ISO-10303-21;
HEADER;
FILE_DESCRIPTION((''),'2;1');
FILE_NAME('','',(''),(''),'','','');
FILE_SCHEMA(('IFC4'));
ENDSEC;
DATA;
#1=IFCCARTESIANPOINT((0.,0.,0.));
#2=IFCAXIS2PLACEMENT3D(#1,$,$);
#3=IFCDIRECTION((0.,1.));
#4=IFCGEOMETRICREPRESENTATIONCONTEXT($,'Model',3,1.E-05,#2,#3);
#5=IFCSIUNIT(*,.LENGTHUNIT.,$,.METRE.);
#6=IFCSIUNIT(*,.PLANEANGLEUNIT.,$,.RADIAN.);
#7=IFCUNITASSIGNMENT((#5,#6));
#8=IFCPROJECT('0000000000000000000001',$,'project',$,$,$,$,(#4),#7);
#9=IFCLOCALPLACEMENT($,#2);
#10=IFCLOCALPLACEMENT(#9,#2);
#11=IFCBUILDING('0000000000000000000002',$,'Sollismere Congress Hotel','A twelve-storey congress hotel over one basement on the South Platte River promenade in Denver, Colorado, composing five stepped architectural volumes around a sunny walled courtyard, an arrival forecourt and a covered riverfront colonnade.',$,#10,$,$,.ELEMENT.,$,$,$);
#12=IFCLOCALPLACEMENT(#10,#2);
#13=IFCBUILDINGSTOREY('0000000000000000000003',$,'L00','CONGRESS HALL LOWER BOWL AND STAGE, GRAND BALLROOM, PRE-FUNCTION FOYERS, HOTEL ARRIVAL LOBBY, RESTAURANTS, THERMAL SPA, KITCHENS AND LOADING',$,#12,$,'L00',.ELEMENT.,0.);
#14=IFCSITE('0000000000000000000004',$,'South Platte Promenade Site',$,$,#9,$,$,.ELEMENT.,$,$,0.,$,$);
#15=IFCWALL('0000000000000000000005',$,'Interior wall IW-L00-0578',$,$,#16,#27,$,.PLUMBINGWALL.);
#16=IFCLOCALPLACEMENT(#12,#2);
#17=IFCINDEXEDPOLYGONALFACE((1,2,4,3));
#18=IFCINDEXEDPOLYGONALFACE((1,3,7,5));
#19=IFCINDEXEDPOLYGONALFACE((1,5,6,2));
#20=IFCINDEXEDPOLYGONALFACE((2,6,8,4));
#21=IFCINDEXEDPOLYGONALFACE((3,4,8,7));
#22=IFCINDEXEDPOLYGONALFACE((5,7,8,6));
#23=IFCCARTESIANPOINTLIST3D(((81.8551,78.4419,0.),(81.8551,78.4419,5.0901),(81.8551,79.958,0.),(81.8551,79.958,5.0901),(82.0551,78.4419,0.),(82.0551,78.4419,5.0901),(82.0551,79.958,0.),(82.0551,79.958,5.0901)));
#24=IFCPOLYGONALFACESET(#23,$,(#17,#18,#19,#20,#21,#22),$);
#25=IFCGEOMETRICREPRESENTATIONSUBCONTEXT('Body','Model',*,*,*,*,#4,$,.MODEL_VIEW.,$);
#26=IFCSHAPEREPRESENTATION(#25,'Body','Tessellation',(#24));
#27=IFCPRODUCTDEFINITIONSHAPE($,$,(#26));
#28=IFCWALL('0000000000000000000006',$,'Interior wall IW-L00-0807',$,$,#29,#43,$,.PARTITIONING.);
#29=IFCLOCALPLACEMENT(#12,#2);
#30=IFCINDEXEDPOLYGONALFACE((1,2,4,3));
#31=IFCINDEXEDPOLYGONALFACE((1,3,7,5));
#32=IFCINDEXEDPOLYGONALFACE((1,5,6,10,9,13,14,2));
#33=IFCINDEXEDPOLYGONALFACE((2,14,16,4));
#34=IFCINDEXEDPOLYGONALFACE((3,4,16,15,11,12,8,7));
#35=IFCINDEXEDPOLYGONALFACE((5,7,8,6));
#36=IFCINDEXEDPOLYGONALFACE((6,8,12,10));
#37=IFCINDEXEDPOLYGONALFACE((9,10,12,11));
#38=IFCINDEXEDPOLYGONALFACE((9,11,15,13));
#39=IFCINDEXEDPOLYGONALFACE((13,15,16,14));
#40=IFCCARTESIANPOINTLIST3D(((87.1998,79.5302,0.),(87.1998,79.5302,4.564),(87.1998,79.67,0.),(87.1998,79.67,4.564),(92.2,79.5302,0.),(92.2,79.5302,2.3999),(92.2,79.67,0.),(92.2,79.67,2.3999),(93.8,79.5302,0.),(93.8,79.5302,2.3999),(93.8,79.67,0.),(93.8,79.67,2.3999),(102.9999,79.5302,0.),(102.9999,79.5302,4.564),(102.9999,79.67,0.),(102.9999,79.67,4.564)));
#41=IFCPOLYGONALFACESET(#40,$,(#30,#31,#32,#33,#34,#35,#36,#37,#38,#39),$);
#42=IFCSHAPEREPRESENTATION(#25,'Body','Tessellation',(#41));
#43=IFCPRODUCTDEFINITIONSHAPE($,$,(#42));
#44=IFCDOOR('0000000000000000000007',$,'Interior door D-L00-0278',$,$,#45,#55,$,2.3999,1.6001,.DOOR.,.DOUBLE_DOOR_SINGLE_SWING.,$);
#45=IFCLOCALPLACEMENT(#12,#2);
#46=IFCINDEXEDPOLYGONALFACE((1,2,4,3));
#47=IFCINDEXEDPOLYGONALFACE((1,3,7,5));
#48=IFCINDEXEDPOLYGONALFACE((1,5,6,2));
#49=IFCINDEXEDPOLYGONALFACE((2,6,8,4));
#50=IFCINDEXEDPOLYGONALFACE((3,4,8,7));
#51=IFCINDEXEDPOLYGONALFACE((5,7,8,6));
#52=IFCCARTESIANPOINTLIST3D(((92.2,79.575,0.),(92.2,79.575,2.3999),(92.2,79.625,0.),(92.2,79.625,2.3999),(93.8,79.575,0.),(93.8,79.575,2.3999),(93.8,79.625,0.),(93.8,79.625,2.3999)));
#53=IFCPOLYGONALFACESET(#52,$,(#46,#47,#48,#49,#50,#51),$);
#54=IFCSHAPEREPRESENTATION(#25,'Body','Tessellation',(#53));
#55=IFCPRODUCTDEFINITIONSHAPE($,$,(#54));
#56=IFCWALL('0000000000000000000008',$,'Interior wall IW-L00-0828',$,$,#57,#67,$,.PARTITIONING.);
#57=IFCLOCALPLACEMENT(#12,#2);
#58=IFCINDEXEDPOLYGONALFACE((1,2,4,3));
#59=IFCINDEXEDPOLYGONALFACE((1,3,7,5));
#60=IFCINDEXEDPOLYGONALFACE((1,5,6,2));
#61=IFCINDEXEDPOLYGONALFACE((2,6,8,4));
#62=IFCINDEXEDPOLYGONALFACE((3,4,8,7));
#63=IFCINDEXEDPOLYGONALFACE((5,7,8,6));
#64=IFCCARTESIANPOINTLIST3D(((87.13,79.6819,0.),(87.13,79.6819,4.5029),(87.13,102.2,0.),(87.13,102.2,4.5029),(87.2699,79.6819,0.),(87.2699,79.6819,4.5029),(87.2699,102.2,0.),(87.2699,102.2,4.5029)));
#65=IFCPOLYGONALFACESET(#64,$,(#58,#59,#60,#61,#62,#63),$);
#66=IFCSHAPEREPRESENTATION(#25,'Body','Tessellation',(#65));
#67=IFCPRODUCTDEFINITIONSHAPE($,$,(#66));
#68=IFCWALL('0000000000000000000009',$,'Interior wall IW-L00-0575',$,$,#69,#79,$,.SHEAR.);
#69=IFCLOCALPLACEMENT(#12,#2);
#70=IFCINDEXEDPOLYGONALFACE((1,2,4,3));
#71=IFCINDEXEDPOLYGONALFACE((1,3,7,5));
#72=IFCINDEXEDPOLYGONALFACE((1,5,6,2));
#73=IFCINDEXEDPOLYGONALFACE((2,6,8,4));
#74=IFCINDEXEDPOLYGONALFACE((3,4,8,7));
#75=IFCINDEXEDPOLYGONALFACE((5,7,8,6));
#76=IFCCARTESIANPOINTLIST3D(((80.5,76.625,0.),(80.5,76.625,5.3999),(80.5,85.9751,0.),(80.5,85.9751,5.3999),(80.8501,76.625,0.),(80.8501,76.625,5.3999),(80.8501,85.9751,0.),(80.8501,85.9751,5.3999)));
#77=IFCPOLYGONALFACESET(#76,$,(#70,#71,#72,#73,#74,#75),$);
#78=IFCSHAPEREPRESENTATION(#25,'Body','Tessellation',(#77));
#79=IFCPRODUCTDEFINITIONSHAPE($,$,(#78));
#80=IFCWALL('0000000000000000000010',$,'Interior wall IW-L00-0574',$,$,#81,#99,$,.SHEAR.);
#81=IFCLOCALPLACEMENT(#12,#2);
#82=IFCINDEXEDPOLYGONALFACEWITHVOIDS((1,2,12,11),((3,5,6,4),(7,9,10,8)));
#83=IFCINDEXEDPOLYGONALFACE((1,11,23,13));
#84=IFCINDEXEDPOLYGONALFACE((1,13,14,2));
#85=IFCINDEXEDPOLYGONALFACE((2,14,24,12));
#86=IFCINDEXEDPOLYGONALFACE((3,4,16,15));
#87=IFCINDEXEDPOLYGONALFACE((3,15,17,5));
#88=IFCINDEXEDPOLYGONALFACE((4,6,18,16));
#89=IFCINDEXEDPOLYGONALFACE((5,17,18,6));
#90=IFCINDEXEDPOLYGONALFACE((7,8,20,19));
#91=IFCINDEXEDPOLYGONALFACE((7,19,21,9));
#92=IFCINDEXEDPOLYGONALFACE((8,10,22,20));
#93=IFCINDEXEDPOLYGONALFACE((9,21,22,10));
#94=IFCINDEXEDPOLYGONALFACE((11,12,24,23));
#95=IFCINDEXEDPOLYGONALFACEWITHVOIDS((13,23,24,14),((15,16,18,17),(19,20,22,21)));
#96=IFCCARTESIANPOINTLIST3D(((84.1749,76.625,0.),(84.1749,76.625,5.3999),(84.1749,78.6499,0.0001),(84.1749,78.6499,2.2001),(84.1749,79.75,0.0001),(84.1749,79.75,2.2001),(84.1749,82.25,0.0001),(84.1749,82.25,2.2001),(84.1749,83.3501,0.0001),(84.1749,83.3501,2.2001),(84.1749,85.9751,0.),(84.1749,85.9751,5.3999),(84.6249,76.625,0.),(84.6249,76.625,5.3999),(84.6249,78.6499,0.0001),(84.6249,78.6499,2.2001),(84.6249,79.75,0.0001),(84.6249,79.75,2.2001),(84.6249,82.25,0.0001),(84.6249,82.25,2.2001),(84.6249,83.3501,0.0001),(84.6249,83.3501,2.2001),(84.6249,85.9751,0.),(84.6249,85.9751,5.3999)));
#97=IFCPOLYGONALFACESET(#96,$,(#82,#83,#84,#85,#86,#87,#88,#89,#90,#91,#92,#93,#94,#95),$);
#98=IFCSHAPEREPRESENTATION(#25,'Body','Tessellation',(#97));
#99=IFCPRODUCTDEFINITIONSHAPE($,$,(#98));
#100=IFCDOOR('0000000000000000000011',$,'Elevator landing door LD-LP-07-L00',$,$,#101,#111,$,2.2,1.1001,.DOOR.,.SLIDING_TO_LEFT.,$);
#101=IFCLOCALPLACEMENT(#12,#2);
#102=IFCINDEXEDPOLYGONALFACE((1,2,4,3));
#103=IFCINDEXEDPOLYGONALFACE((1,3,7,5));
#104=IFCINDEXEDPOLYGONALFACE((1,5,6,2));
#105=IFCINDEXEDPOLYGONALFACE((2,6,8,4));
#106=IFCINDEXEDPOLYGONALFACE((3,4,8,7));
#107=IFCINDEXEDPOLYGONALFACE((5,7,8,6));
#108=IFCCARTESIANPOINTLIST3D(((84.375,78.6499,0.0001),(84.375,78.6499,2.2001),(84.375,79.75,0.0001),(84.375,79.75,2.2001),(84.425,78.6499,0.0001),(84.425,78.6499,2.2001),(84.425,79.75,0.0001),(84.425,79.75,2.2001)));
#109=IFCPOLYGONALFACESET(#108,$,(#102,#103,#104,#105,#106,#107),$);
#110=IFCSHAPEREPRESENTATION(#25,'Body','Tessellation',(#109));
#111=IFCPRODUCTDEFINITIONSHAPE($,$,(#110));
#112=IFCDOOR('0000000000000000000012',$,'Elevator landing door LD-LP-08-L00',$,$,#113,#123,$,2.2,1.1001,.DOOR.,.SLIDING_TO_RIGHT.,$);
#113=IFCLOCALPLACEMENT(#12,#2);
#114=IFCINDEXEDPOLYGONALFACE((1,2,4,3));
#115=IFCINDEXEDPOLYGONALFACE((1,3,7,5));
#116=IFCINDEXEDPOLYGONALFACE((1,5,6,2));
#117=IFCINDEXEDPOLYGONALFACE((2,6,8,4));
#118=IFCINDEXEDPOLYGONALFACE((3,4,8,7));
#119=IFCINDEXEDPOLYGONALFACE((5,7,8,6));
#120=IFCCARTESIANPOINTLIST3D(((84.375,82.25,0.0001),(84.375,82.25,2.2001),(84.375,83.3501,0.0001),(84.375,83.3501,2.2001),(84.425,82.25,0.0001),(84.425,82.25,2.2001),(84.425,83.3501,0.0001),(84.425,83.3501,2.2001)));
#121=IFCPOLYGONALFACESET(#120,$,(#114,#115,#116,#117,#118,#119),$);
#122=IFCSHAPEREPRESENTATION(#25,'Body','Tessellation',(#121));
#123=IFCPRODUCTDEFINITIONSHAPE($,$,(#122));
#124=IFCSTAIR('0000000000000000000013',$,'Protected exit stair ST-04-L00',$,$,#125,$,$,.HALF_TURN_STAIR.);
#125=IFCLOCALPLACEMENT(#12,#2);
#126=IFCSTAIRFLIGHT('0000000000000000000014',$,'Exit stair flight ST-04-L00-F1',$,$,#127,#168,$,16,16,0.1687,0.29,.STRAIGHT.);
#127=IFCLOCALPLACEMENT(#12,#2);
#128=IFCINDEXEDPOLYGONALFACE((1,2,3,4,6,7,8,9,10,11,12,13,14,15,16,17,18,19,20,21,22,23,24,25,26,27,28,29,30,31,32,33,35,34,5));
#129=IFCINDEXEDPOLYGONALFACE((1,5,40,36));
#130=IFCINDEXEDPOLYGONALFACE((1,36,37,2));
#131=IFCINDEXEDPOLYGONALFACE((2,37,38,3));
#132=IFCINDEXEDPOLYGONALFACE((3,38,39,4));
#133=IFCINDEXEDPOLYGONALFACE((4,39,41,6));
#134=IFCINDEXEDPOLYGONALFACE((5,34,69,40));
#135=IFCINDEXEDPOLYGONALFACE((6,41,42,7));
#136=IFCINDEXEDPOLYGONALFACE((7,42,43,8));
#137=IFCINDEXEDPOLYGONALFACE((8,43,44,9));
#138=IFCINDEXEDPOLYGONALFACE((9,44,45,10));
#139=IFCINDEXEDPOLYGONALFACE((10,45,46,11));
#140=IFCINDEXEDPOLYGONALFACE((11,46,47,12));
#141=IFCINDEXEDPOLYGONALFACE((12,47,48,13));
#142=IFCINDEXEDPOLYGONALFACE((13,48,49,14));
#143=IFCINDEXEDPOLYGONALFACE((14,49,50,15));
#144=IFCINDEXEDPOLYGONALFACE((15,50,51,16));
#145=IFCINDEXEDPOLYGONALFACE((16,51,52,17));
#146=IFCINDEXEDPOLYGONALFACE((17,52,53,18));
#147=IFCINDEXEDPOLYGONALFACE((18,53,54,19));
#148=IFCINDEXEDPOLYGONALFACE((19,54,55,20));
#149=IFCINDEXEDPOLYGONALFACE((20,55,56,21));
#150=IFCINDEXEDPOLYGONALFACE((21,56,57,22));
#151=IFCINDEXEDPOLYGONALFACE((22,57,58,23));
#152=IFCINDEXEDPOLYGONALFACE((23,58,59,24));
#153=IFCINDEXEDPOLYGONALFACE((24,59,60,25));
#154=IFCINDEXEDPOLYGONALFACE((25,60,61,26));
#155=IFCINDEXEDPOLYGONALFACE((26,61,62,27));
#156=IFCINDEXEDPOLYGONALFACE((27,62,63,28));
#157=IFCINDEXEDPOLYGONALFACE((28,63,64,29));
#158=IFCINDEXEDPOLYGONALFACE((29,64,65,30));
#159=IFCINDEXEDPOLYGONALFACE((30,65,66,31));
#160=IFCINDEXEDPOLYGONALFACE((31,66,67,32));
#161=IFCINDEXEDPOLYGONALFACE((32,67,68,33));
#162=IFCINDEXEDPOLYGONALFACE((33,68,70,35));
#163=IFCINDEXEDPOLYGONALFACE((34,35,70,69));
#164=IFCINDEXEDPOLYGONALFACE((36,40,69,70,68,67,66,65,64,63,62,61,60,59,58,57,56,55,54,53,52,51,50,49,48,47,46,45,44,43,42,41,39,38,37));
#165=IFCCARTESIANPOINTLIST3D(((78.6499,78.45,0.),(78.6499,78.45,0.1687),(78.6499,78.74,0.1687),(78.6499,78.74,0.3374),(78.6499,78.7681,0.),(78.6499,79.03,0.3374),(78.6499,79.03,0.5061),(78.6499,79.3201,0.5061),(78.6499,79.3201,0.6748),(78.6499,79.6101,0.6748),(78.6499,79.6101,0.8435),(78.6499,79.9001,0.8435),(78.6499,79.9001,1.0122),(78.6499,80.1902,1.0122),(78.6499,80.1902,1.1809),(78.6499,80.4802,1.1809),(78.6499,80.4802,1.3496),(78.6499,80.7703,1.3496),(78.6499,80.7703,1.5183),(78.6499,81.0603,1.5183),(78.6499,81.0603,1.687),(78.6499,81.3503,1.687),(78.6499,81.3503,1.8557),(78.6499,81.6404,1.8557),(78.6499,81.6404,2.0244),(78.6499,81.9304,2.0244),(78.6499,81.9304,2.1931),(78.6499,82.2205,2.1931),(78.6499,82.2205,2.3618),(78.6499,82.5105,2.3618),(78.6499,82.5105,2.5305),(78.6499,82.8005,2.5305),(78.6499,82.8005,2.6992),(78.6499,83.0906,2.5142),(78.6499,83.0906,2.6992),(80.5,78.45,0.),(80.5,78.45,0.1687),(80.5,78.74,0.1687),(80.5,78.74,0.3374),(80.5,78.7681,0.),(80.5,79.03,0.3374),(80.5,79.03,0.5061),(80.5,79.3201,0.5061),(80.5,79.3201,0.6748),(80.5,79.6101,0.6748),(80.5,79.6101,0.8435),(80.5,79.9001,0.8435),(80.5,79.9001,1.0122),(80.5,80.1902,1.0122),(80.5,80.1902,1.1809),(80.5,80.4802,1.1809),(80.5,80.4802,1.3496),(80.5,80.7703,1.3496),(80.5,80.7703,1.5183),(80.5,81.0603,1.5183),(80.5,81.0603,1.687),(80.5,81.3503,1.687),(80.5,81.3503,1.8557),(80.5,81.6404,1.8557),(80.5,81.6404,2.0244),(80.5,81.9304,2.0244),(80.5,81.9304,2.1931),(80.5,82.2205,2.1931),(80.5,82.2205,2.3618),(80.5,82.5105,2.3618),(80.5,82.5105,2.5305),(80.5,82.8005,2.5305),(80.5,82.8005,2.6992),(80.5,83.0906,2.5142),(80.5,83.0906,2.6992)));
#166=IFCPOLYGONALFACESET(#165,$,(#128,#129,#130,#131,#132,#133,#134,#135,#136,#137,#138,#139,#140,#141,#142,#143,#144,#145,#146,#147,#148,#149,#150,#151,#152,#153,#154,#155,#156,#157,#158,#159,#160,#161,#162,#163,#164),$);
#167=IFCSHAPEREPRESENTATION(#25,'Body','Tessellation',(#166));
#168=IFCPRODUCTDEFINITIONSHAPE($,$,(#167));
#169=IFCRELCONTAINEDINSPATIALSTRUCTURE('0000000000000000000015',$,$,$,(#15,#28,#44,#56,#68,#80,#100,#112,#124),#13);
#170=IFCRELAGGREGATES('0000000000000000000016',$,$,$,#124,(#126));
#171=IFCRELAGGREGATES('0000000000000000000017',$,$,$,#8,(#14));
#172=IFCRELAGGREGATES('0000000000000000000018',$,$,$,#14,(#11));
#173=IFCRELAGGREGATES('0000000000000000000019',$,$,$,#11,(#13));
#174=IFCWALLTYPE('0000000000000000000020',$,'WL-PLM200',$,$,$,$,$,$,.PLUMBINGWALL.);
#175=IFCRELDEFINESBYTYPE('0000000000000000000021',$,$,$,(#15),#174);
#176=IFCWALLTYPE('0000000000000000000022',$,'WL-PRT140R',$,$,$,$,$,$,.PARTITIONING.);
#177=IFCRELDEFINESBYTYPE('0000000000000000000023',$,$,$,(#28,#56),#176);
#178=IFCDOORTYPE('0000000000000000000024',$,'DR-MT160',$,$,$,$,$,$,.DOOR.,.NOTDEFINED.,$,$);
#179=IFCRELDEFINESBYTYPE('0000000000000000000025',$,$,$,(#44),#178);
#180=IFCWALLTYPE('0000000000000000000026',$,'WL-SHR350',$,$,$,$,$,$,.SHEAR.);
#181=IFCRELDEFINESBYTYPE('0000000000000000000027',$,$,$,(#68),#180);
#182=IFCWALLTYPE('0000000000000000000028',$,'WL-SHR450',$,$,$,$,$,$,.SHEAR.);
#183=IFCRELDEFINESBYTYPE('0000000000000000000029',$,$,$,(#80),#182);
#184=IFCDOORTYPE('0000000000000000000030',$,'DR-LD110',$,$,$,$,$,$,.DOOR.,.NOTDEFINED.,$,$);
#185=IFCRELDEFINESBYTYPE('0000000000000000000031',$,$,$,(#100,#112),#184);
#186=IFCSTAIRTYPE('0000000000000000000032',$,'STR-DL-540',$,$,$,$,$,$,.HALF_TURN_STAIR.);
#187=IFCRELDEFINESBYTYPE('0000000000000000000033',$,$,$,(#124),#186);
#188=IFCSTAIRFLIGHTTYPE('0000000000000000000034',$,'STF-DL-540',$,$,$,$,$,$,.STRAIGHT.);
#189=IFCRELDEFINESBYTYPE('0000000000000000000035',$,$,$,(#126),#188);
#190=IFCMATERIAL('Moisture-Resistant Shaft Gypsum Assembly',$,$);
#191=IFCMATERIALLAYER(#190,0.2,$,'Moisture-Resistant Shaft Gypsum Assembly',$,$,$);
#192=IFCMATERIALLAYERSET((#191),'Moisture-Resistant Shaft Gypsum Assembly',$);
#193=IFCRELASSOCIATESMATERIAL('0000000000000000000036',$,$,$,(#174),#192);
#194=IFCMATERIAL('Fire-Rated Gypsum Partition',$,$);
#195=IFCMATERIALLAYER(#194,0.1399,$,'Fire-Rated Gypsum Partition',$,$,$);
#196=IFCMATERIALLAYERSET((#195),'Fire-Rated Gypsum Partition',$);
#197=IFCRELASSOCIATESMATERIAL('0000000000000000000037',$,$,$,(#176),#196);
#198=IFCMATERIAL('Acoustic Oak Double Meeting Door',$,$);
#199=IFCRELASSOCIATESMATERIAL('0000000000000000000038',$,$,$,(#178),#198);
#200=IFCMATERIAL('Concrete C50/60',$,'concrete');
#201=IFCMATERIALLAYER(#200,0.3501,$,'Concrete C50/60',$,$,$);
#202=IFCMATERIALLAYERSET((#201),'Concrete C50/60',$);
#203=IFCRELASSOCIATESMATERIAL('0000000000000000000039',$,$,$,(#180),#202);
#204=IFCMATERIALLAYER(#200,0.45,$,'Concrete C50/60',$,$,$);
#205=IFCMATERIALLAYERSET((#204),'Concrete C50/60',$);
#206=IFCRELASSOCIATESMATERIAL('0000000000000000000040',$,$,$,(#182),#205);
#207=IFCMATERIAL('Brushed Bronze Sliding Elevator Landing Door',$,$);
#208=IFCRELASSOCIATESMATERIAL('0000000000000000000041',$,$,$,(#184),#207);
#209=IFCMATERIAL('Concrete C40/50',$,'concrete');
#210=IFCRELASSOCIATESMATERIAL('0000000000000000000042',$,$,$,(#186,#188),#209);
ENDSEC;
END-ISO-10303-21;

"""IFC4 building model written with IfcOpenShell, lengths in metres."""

from ifc_helpers import new_model, si_unit, direction, frame, frame_2d, origin, place, context, subcontext, project, spatial, polyline, rectangle, outline, extrude, material, layer, layer_set, type_object, element, fill, aggregate, save


model = new_model("IFC4")

# Units and contexts
model_context = context("Model", 3, precision=1e-05, world=origin(), true_north=direction((0.0, 1.0)))
body_context = subcontext(model_context, "Body", "Model", "MODEL_VIEW")
ifc_project = project(units=[si_unit("LENGTHUNIT", "METRE"), si_unit("PLANEANGLEUNIT", "RADIAN")], contexts=[model_context])

# Site, building, storey
site_placement = place(None, origin())
site = spatial("IfcSite", under=ifc_project, at=site_placement, Name="South Platte Promenade Site", CompositionType="ELEMENT", RefElevation=0.0)
building_placement = place(site_placement, origin())
building = spatial("IfcBuilding", under=site, at=building_placement, Name="Sollismere Congress Hotel", Description="A twelve-storey congress hotel over one basement on the South Platte River promenade in Denver, Colorado, composing five stepped architectural volumes around a sunny walled courtyard, an arrival forecourt and a covered riverfront colonnade.", CompositionType="ELEMENT")
storey_placement = place(building_placement, origin())
storey = spatial("IfcBuildingStorey", under=building, at=storey_placement, Name="L00", Description="CONGRESS HALL LOWER BOWL AND STAGE, GRAND BALLROOM, PRE-FUNCTION FOYERS, HOTEL ARRIVAL LOBBY, RESTAURANTS, THERMAL SPA, KITCHENS AND LOADING", LongName="L00", CompositionType="ELEMENT", Elevation=0.0)

# Wall
ifc_material_1 = material(Name="Moisture-Resistant Shaft Gypsum Assembly")
ifc_layer_1 = layer(ifc_material_1, 0.2, Name="Moisture-Resistant Shaft Gypsum Assembly")
ifc_layer_set_1 = layer_set([ifc_layer_1], Name="Moisture-Resistant Shaft Gypsum Assembly")
wall_type_1 = type_object("IfcWallType", Name="WL-PLM200", PredefinedType="PLUMBINGWALL", material=ifc_layer_set_1)
wall_1_placement = place(storey_placement, frame((81.9551, 78.4419, 0.0), z_axis=(0.0, 0.0, 1.0), x_axis=(0.0, 1.0, 0.0)))
element("IfcWall", 1, at=wall_1_placement, inside=storey, type_object=wall_type_1, Name="Interior wall IW-L00-0578", PredefinedType="PLUMBINGWALL", context=body_context, shape_type="SweptSolid", body=[
    extrude(rectangle(XDim=1.5161, YDim=0.2, at=frame_2d((0.7581, 0.0))), origin(), (0.0, 0.0, 1.0), 5.0901),
])

# Wall, opening, door
ifc_material_2 = material(Name="Fire-Rated Gypsum Partition")
ifc_layer_2 = layer(ifc_material_2, 0.1399, Name="Fire-Rated Gypsum Partition")
ifc_layer_set_2 = layer_set([ifc_layer_2], Name="Fire-Rated Gypsum Partition")
wall_type_2 = type_object("IfcWallType", Name="WL-PRT140R", PredefinedType="PARTITIONING", material=ifc_layer_set_2)
wall_2_placement = place(storey_placement, frame((87.2, 79.6001, 0.0), z_axis=(0.0, 0.0, 1.0), x_axis=(1.0, 0.0, 0.0)))
wall_2 = element("IfcWall", 2, at=wall_2_placement, inside=storey, type_object=wall_type_2, Name="Interior wall IW-L00-0807", PredefinedType="PARTITIONING", context=body_context, shape_type="SweptSolid", body=[
    extrude(rectangle(XDim=15.8, YDim=0.1399, at=frame_2d((7.8999, 0.0))), origin(), (0.0, 0.0, 1.0), 4.564),
])
opening_1_placement = place(wall_2_placement, frame((5.0, 0.0, 0.0)))
opening_1 = element("IfcOpeningElement", 3, at=opening_1_placement, cuts=wall_2, PredefinedType="OPENING", context=body_context, shape_type="SweptSolid", body=[
    extrude(rectangle(XDim=1.6001, YDim=2.3999, at=frame_2d((0.8, 1.2))), frame((0.0, 0.0798, 0.0), z_axis=(0.0, -1.0, 0.0), x_axis=(1.0, 0.0, 0.0)), (0.0, 0.0, 1.0), 0.1599),
])
ifc_material_3 = material(Name="Acoustic Oak Double Meeting Door")
door_type_1 = type_object("IfcDoorType", Name="DR-MT160", OperationType="NOTDEFINED", PredefinedType="DOOR", material=ifc_material_3)
door_1_placement = place(opening_1_placement, origin())
door_1 = element("IfcDoor", 4, at=door_1_placement, inside=storey, type_object=door_type_1, Name="Interior door D-L00-0278", OperationType="DOUBLE_DOOR_SINGLE_SWING", OverallHeight=2.3999, OverallWidth=1.6001, PredefinedType="DOOR", context=body_context, shape_type="SweptSolid", body=[
    extrude(rectangle(XDim=1.6001, YDim=2.3999, at=frame_2d((0.8, 1.2))), frame((0.0, 0.0249, 0.0), z_axis=(0.0, -1.0, 0.0), x_axis=(1.0, 0.0, 0.0)), (0.0, 0.0, 1.0), 0.05),
])
fill(opening_1, door_1)

# Walls
wall_3_placement = place(storey_placement, frame((87.2, 79.6819, 0.0), z_axis=(0.0, 0.0, 1.0), x_axis=(0.0, 1.0, 0.0)))
element("IfcWall", 5, at=wall_3_placement, inside=storey, type_object=wall_type_2, Name="Interior wall IW-L00-0828", PredefinedType="PARTITIONING", context=body_context, shape_type="SweptSolid", body=[
    extrude(rectangle(XDim=22.5181, YDim=0.1399, at=frame_2d((11.259, 0.0))), origin(), (0.0, 0.0, 1.0), 4.5029),
])
ifc_material_4 = material(Name="Concrete C50/60", Category="concrete")
ifc_layer_3 = layer(ifc_material_4, 0.3501, Name="Concrete C50/60")
ifc_layer_set_3 = layer_set([ifc_layer_3], Name="Concrete C50/60")
wall_type_3 = type_object("IfcWallType", Name="WL-SHR350", PredefinedType="SHEAR", material=ifc_layer_set_3)
wall_4_placement = place(storey_placement, frame((80.675, 76.625, 0.0), z_axis=(0.0, 0.0, 1.0), x_axis=(0.0, 1.0, 0.0)))
element("IfcWall", 6, at=wall_4_placement, inside=storey, type_object=wall_type_3, Name="Interior wall IW-L00-0575", PredefinedType="SHEAR", context=body_context, shape_type="SweptSolid", body=[
    extrude(rectangle(XDim=9.3501, YDim=0.3501, at=frame_2d((4.675, 0.0))), origin(), (0.0, 0.0, 1.0), 5.3999),
])

# Wall, openings, doors
ifc_layer_4 = layer(ifc_material_4, 0.45, Name="Concrete C50/60")
ifc_layer_set_4 = layer_set([ifc_layer_4], Name="Concrete C50/60")
wall_type_4 = type_object("IfcWallType", Name="WL-SHR450", PredefinedType="SHEAR", material=ifc_layer_set_4)
wall_5_placement = place(storey_placement, frame((84.3999, 76.625, 0.0), z_axis=(0.0, 0.0, 1.0), x_axis=(0.0, 1.0, 0.0)))
wall_5 = element("IfcWall", 7, at=wall_5_placement, inside=storey, type_object=wall_type_4, Name="Interior wall IW-L00-0574", PredefinedType="SHEAR", context=body_context, shape_type="SweptSolid", body=[
    extrude(rectangle(XDim=9.3501, YDim=0.45, at=frame_2d((4.675, 0.0))), origin(), (0.0, 0.0, 1.0), 5.3999),
])
opening_2_placement = place(wall_5_placement, frame((2.0249, 0.0, 0.0)))
opening_2 = element("IfcOpeningElement", 8, at=opening_2_placement, cuts=wall_5, PredefinedType="OPENING", context=body_context, shape_type="SweptSolid", body=[
    extrude(rectangle(XDim=1.1001, YDim=2.2, at=frame_2d((0.55, 1.1001))), frame((0.0, 0.2349, 0.0), z_axis=(0.0, -1.0, 0.0), x_axis=(1.0, 0.0, 0.0)), (0.0, 0.0, 1.0), 0.47),
])
opening_3_placement = place(wall_5_placement, frame((5.625, 0.0, 0.0)))
opening_3 = element("IfcOpeningElement", 9, at=opening_3_placement, cuts=wall_5, PredefinedType="OPENING", context=body_context, shape_type="SweptSolid", body=[
    extrude(rectangle(XDim=1.1001, YDim=2.2, at=frame_2d((0.55, 1.1001))), frame((0.0, 0.2349, 0.0), z_axis=(0.0, -1.0, 0.0), x_axis=(1.0, 0.0, 0.0)), (0.0, 0.0, 1.0), 0.47),
])
ifc_material_5 = material(Name="Brushed Bronze Sliding Elevator Landing Door")
door_type_2 = type_object("IfcDoorType", Name="DR-LD110", OperationType="NOTDEFINED", PredefinedType="DOOR", material=ifc_material_5)
door_2_placement = place(opening_2_placement, origin())
door_2 = element("IfcDoor", 10, at=door_2_placement, inside=storey, type_object=door_type_2, Name="Elevator landing door LD-LP-07-L00", OperationType="SLIDING_TO_LEFT", OverallHeight=2.2, OverallWidth=1.1001, PredefinedType="DOOR", context=body_context, shape_type="SweptSolid", body=[
    extrude(rectangle(XDim=1.1001, YDim=2.2, at=frame_2d((0.55, 1.1001))), frame((0.0, 0.0249, 0.0), z_axis=(0.0, -1.0, 0.0), x_axis=(1.0, 0.0, 0.0)), (0.0, 0.0, 1.0), 0.05),
])
fill(opening_2, door_2)
door_3_placement = place(opening_3_placement, origin())
door_3 = element("IfcDoor", 11, at=door_3_placement, inside=storey, type_object=door_type_2, Name="Elevator landing door LD-LP-08-L00", OperationType="SLIDING_TO_RIGHT", OverallHeight=2.2, OverallWidth=1.1001, PredefinedType="DOOR", context=body_context, shape_type="SweptSolid", body=[
    extrude(rectangle(XDim=1.1001, YDim=2.2, at=frame_2d((0.55, 1.1001))), frame((0.0, 0.0249, 0.0), z_axis=(0.0, -1.0, 0.0), x_axis=(1.0, 0.0, 0.0)), (0.0, 0.0, 1.0), 0.05),
])
fill(opening_3, door_3)

# Stair, stair flight
ifc_material_6 = material(Name="Concrete C40/50", Category="concrete")
stair_type_1 = type_object("IfcStairType", Name="STR-DL-540", PredefinedType="HALF_TURN_STAIR", material=ifc_material_6)
stair_1_placement = place(storey_placement, origin())
stair_1 = element("IfcStair", 12, at=stair_1_placement, inside=storey, type_object=stair_type_1, Name="Protected exit stair ST-04-L00", PredefinedType="HALF_TURN_STAIR")
stair_flight_type_1 = type_object("IfcStairFlightType", Name="STF-DL-540", PredefinedType="STRAIGHT", material=ifc_material_6)
stair_flight_1_placement = place(storey_placement, frame((79.575, 78.45, 0.0), z_axis=(0.0, 0.0, 1.0), x_axis=(0.0, 1.0, 0.0)))
stair_flight_1 = element("IfcStairFlight", 13, at=stair_flight_1_placement, type_object=stair_flight_type_1, Name="Exit stair flight ST-04-L00-F1", NumberOfRisers=16, NumberOfTreads=16, PredefinedType="STRAIGHT", RiserHeight=0.1687, TreadLength=0.29, context=body_context, shape_type="SweptSolid", body=[
    extrude(outline(polyline([(0.0, 0.0), (0.0, 0.1687), (0.29, 0.1687), (0.29, 0.3374), (0.5801, 0.3374), (0.5801, 0.5061), (0.8701, 0.5061), (0.8701, 0.6748), (1.1602, 0.6748), (1.1602, 0.8435), (1.4502, 0.8435), (1.4502, 1.0122), (1.7402, 1.0122), (1.7402, 1.1809), (2.0303, 1.1809), (2.0303, 1.3496), (2.3203, 1.3496), (2.3203, 1.5183), (2.6104, 1.5183), (2.6104, 1.687), (2.9004, 1.687), (2.9004, 1.8557), (3.1904, 1.8557), (3.1904, 2.0244), (3.4805, 2.0244), (3.4805, 2.1931), (3.7705, 2.1931), (3.7705, 2.3618), (4.0605, 2.3618), (4.0605, 2.5305), (4.3506, 2.5305), (4.3506, 2.6992), (4.6406, 2.6992), (4.6406, 2.5142), (0.3181, 0.0), (0.0, 0.0)])), frame((0.0, 0.925, 0.0), z_axis=(0.0, -1.0, 0.0), x_axis=(1.0, 0.0, 0.0)), (0.0, 0.0, 1.0), 1.8501),
])
aggregate(stair_1, [stair_flight_1])

save(model, "model.ifc")
